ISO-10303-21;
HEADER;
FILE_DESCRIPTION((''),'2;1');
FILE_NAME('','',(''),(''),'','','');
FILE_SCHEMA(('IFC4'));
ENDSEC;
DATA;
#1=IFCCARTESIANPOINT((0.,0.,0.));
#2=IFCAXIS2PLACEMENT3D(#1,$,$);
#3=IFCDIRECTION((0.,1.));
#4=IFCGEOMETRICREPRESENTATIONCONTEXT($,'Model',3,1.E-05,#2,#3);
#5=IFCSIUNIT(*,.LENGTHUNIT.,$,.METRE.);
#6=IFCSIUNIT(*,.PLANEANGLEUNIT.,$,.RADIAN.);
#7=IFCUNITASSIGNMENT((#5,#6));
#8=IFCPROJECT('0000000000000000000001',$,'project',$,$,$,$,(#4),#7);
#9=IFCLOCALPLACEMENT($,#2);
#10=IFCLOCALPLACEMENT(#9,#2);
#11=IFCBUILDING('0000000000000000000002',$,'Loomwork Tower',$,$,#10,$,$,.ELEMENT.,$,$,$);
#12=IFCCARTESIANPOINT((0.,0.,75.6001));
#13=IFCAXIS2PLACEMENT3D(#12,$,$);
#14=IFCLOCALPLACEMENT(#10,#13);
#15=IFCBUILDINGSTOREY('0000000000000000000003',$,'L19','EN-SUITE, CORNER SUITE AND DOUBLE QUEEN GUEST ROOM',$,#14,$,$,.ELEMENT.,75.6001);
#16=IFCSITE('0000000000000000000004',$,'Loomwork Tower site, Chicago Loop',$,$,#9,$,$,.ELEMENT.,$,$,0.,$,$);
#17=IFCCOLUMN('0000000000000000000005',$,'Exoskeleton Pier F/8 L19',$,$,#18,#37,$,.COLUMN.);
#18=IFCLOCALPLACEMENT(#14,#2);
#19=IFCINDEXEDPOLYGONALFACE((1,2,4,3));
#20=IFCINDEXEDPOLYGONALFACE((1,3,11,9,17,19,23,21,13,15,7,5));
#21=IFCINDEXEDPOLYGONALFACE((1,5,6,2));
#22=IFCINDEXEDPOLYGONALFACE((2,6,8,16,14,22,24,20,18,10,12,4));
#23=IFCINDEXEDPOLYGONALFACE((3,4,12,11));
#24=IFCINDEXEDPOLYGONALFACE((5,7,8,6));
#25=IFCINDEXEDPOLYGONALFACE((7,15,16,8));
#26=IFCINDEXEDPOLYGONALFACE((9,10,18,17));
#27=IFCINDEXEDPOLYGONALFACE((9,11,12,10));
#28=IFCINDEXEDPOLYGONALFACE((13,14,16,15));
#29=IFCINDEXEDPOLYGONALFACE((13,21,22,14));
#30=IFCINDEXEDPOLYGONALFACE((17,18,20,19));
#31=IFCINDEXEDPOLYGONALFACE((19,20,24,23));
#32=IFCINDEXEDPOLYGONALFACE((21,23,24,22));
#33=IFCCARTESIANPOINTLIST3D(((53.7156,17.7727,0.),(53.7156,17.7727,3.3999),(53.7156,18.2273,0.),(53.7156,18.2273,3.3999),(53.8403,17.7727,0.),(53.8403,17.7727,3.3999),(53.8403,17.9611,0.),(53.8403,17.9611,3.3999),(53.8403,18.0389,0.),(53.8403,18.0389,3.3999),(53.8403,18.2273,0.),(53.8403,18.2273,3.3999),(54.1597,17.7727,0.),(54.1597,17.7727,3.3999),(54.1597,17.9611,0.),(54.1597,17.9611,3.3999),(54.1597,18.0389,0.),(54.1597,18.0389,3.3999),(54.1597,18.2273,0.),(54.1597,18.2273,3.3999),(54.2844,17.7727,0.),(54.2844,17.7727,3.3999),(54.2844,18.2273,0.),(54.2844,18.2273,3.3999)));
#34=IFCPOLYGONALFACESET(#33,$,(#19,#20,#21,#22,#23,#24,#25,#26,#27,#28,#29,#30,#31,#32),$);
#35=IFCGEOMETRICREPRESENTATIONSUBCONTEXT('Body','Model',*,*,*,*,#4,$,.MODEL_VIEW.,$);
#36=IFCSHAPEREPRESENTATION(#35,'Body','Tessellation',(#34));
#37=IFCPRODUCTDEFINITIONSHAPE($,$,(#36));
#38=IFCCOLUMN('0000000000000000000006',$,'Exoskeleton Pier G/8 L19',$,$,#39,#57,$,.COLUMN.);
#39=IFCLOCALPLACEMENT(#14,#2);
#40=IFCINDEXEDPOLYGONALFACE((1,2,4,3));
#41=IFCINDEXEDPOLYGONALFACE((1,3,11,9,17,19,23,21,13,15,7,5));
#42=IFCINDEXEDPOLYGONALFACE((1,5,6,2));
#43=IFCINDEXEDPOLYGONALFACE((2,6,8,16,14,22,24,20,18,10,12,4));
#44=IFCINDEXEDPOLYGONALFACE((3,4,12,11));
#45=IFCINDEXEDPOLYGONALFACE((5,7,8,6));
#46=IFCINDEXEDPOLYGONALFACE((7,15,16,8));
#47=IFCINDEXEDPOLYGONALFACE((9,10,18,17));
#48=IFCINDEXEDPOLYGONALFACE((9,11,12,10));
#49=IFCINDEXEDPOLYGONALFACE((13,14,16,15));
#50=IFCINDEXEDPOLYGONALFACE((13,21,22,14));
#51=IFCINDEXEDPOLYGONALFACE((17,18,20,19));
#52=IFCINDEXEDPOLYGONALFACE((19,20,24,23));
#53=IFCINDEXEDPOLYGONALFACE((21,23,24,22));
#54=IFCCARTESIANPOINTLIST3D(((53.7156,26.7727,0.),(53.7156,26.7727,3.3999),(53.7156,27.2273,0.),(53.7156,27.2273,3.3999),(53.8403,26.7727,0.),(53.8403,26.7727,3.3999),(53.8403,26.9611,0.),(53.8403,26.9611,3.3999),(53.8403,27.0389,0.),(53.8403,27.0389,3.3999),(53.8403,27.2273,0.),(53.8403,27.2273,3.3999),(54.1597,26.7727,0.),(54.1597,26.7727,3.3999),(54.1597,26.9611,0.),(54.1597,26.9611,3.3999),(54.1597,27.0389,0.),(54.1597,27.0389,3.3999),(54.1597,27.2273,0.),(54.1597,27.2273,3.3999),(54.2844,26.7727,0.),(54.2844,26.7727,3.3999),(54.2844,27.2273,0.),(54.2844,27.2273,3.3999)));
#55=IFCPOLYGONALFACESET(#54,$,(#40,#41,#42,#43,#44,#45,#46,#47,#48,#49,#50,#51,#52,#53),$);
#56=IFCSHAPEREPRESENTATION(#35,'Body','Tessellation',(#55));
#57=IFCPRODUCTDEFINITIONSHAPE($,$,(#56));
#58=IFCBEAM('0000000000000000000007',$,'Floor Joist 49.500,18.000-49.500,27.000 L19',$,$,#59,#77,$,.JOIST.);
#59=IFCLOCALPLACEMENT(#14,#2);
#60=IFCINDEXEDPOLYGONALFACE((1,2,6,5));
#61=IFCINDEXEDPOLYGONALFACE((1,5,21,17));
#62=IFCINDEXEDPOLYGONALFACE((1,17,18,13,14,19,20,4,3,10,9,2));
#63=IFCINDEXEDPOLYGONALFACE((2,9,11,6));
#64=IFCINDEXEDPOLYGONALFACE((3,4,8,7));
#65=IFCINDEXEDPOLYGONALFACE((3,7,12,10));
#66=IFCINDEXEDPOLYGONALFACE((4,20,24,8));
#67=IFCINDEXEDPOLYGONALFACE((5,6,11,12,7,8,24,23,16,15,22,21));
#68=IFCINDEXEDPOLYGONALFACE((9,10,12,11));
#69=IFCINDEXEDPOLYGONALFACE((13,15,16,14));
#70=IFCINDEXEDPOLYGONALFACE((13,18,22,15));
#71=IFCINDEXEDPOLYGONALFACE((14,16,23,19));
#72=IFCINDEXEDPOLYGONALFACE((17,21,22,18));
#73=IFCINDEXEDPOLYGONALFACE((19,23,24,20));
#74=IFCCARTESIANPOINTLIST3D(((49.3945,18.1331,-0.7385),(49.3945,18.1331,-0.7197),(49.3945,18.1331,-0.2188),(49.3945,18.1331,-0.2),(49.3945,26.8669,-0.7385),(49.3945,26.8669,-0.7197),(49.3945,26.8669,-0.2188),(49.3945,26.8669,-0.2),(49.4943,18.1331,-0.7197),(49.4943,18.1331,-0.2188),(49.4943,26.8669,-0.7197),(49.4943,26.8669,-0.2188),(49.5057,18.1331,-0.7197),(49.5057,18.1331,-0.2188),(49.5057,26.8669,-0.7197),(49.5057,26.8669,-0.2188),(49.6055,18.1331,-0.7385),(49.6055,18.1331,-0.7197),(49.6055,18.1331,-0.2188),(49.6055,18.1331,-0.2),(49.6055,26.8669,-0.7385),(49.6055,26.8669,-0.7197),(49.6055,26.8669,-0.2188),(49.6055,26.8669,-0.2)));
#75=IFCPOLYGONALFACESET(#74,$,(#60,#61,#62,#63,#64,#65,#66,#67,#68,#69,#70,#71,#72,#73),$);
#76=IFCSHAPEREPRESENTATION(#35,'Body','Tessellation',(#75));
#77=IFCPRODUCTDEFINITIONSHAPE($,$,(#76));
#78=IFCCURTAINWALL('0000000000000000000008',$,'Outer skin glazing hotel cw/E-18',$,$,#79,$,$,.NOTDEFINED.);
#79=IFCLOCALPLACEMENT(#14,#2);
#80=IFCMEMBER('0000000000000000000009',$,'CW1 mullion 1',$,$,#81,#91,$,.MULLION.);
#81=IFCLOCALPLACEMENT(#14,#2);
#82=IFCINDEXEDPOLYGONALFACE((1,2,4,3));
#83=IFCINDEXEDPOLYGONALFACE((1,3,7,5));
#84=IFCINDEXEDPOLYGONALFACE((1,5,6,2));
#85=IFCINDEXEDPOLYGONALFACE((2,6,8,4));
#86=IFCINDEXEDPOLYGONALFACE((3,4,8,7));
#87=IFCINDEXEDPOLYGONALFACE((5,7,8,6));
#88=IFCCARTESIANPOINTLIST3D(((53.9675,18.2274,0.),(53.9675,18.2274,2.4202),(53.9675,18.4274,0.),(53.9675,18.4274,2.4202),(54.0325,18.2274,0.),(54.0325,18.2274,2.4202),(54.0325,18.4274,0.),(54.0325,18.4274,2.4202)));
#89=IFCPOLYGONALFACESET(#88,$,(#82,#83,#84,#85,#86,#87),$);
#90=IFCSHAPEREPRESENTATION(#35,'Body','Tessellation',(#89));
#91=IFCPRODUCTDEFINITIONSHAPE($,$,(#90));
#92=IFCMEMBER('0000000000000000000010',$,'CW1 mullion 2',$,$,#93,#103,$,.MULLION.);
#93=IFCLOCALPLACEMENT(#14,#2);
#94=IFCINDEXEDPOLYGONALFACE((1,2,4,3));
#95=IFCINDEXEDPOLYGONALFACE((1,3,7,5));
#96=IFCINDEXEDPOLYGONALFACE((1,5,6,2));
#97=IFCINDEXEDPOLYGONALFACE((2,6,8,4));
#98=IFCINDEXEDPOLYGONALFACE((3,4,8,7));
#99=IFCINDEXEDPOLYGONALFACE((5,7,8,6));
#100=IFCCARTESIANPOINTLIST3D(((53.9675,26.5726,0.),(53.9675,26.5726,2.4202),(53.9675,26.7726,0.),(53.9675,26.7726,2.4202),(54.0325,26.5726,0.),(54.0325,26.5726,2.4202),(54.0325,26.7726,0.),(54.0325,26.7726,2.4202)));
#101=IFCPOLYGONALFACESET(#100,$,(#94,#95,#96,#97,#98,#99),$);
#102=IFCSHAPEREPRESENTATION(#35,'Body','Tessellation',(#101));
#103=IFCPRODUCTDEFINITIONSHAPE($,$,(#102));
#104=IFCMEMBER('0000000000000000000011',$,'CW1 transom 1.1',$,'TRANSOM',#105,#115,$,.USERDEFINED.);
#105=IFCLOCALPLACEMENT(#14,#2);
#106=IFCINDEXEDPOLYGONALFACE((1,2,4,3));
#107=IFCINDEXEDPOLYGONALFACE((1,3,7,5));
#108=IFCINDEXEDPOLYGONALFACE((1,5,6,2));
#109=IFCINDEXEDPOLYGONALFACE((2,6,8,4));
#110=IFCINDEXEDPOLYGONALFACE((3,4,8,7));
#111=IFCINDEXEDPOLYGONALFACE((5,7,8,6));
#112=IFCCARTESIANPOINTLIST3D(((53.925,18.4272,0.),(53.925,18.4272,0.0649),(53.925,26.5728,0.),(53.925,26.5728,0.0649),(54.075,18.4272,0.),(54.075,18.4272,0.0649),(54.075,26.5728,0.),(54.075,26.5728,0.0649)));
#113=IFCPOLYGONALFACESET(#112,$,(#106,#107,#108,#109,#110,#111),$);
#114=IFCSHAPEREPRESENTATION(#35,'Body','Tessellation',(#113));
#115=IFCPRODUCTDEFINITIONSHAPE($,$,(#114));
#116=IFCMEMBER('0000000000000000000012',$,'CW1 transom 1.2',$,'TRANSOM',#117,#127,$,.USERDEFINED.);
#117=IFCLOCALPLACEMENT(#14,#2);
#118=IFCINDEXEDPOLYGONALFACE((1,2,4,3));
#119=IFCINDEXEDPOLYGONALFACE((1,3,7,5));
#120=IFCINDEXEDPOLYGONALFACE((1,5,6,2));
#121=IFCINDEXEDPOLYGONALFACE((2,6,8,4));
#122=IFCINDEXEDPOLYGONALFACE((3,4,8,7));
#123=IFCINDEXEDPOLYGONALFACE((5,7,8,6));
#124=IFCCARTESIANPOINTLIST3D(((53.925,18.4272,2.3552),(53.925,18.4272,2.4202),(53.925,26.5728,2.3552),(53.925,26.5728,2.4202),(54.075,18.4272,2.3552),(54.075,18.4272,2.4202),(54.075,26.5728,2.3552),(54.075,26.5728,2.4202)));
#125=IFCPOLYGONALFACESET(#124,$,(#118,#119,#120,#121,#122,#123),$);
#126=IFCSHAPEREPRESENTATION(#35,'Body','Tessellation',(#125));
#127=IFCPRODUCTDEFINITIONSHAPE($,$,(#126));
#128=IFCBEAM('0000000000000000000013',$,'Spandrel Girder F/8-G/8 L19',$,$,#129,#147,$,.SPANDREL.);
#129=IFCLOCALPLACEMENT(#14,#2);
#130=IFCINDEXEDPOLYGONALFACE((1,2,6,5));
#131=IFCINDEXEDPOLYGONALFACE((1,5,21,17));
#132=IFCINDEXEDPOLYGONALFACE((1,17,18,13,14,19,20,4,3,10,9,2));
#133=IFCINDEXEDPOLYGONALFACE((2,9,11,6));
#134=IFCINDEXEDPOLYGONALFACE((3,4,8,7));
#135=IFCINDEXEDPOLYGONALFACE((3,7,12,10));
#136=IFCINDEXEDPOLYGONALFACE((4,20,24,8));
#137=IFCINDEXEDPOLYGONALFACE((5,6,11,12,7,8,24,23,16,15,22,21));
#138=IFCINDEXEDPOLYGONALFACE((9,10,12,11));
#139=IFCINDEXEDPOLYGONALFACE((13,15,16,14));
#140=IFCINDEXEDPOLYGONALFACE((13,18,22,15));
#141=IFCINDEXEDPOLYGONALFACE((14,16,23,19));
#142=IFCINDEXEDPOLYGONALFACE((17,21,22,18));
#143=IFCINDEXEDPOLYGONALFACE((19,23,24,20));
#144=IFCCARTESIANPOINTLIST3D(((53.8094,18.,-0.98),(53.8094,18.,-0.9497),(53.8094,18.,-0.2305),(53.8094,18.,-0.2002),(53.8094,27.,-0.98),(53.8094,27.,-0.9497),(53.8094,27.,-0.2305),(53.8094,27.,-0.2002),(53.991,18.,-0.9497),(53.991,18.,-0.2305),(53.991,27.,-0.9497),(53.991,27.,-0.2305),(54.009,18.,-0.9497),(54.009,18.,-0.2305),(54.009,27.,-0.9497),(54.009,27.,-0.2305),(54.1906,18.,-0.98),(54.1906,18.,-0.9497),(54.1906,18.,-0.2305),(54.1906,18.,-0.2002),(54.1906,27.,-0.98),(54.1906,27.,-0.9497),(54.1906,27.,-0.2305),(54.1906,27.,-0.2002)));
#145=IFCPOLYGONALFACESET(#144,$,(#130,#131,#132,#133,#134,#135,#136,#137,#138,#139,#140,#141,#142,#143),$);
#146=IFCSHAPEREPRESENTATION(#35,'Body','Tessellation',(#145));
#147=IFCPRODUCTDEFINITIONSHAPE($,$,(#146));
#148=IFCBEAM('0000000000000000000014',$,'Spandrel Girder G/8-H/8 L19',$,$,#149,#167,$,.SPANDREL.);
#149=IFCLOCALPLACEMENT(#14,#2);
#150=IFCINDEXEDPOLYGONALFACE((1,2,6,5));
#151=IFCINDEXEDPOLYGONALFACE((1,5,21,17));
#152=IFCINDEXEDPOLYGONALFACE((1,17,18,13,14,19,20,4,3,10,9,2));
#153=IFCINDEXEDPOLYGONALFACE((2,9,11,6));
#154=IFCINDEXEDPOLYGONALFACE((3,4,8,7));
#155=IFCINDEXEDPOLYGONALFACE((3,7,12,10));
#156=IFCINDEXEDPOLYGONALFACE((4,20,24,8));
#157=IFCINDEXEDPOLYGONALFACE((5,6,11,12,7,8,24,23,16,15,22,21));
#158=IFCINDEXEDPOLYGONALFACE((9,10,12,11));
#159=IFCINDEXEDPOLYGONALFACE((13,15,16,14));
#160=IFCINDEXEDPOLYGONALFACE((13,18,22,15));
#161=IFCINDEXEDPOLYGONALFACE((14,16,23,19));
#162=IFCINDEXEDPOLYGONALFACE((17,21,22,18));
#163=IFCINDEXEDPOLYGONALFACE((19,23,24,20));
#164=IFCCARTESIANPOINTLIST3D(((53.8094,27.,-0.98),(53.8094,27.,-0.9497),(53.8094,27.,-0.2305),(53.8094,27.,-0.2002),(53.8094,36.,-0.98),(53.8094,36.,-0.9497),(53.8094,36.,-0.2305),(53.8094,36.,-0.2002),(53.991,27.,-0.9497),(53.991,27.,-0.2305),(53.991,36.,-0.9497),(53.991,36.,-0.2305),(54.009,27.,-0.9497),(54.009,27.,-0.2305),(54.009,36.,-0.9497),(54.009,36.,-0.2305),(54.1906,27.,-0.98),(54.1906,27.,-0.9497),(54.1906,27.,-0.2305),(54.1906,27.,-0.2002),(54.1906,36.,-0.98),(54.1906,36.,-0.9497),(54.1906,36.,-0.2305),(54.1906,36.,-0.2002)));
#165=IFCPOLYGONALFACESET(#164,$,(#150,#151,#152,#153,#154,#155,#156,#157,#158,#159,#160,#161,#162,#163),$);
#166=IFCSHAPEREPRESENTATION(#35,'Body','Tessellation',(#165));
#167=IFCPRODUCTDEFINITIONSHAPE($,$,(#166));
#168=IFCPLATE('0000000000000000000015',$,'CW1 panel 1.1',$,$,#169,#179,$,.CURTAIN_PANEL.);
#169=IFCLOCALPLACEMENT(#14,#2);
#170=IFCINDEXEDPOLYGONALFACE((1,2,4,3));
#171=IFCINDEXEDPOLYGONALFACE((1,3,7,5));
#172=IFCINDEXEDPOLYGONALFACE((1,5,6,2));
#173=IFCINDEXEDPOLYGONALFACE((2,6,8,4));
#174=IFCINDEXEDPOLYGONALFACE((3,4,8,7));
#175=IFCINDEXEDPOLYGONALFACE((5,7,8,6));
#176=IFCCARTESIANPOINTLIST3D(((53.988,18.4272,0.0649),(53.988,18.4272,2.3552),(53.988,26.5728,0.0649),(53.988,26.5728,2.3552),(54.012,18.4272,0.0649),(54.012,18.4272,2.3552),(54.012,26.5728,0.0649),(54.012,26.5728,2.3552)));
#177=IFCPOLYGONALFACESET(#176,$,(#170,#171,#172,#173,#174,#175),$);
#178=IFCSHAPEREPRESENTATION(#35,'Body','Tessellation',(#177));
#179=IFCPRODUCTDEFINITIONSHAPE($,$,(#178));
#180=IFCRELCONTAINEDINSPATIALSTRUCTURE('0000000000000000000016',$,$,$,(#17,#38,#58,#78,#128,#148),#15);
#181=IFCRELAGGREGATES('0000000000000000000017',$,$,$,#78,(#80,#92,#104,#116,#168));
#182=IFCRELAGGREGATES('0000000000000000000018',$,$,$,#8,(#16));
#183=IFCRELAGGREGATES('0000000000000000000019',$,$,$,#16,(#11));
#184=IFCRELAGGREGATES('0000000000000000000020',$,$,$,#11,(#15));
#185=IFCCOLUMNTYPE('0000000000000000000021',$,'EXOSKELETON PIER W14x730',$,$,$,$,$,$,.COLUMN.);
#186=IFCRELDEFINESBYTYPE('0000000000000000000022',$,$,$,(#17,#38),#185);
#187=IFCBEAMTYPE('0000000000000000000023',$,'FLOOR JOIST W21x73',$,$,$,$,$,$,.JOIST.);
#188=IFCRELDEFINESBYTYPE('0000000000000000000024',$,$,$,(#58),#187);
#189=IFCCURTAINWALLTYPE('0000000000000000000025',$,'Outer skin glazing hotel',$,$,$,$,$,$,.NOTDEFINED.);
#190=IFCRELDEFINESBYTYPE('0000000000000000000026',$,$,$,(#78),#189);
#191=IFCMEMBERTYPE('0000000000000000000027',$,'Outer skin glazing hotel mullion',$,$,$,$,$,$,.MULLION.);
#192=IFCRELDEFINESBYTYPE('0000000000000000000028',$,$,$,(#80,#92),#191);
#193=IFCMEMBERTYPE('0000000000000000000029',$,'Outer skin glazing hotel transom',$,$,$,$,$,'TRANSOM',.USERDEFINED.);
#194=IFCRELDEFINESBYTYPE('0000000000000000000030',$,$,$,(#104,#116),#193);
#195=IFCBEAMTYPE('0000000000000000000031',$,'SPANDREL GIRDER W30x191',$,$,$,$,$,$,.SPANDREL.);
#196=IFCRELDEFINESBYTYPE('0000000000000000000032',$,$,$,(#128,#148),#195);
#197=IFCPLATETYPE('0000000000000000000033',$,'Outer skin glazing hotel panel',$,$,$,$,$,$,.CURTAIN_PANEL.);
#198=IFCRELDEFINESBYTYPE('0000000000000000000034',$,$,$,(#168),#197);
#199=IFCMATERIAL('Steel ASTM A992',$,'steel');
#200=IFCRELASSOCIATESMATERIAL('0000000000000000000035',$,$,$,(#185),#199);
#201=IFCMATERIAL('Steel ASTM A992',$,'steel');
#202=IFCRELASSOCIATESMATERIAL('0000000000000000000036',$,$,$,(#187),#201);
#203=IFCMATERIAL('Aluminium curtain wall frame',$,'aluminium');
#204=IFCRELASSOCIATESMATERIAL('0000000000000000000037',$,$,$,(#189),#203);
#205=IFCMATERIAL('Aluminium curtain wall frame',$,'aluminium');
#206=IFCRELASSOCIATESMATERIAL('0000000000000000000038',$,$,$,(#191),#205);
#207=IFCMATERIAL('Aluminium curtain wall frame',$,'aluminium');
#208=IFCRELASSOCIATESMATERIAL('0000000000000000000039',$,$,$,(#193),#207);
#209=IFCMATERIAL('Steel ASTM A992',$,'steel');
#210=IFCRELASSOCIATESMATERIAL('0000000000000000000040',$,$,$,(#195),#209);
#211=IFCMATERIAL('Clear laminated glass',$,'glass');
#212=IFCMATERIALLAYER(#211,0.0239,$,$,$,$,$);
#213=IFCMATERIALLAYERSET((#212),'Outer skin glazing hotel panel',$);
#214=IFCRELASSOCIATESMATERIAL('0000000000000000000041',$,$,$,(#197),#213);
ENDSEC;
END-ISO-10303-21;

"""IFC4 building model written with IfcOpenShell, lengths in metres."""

from ifc_helpers import new_model, si_unit, direction, frame, origin, origin_2d, place, context, subcontext, project, spatial, rectangle, i_section, extrude, material, layer, layer_set, material_profile, profile_set, type_object, element, aggregate, save


model = new_model("IFC4")

# Units and contexts
model_context = context("Model", 3, precision=1e-05, world=origin(), true_north=direction((0.0, 1.0)))
body_context = subcontext(model_context, "Body", "Model", "MODEL_VIEW")
ifc_project = project(units=[si_unit("LENGTHUNIT", "METRE"), si_unit("PLANEANGLEUNIT", "RADIAN")], contexts=[model_context])

# Site, building, storey
site_placement = place(None, origin())
site = spatial("IfcSite", under=ifc_project, at=site_placement, Name="Loomwork Tower site, Chicago Loop", CompositionType="ELEMENT", RefElevation=0.0)
building_placement = place(site_placement, origin())
building = spatial("IfcBuilding", under=site, at=building_placement, Name="Loomwork Tower", CompositionType="ELEMENT")
storey_placement = place(building_placement, frame((0.0, 0.0, 75.6001)))
storey = spatial("IfcBuildingStorey", under=building, at=storey_placement, Name="L19", Description="EN-SUITE, CORNER SUITE AND DOUBLE QUEEN GUEST ROOM", CompositionType="ELEMENT", Elevation=75.6001)

# Columns
ifc_material_1 = material(Name="Steel ASTM A992", Category="steel")
ifc_material_profile_1 = material_profile(ifc_material_1, i_section(OverallWidth=0.4546, OverallDepth=0.5688, WebThickness=0.0779, FlangeThickness=0.1248, at=origin_2d()), Name="W14x730")
ifc_profile_set_1 = profile_set([ifc_material_profile_1], Name="Steel ASTM A992")
column_type = type_object("IfcColumnType", Name="EXOSKELETON PIER W14x730", PredefinedType="COLUMN", material=ifc_profile_set_1)
for number, where, z_axis, x_axis, name in (
    (1, (54.0, 18.0, 0.0), (0.0, 0.0, 1.0), (0.0, 1.0, 0.0), "Exoskeleton Pier F/8 L19"),
    (2, (54.0, 27.0, 0.0), (0.0, 0.0, 1.0), (0.0, 1.0, 0.0), "Exoskeleton Pier G/8 L19"),
):
    element("IfcColumn", number, at=place(storey_placement, frame(where, z_axis=z_axis, x_axis=x_axis)), inside=storey, type_object=column_type, Name=name, PredefinedType="COLUMN", context=body_context, shape_type="SweptSolid", body=[
        extrude(i_section(OverallWidth=0.4546, OverallDepth=0.5688, WebThickness=0.0779, FlangeThickness=0.1248, at=origin_2d()), origin(), (0.0, 0.0, 1.0), 3.3999),
    ])

# Beam
ifc_material_2 = material(Name="Steel ASTM A992", Category="steel")
ifc_material_profile_2 = material_profile(ifc_material_2, i_section(OverallWidth=0.2109, OverallDepth=0.5386, WebThickness=0.0115, FlangeThickness=0.0188, at=origin_2d()), Name="W21x73")
ifc_profile_set_2 = profile_set([ifc_material_profile_2], Name="Steel ASTM A992")
beam_type_1 = type_object("IfcBeamType", Name="FLOOR JOIST W21x73", PredefinedType="JOIST", material=ifc_profile_set_2)
beam_placement = place(storey_placement, frame((49.5, 18.1331, -0.4692), z_axis=(0.0, 1.0, 0.0), x_axis=(-1.0, 0.0, 0.0)))
element("IfcBeam", 3, at=beam_placement, inside=storey, type_object=beam_type_1, Name="Floor Joist 49.500,18.000-49.500,27.000 L19", PredefinedType="JOIST", context=body_context, shape_type="SweptSolid", body=[
    extrude(i_section(OverallWidth=0.2109, OverallDepth=0.5386, WebThickness=0.0115, FlangeThickness=0.0188, at=origin_2d()), origin(), (0.0, 0.0, 1.0), 8.7339),
])

# Curtain wall, members
ifc_material_3 = material(Name="Aluminium curtain wall frame", Category="aluminium")
curtain_wall_type = type_object("IfcCurtainWallType", Name="Outer skin glazing hotel", PredefinedType="NOTDEFINED", material=ifc_material_3)
curtain_wall_placement = place(storey_placement, origin())
curtain_wall = element("IfcCurtainWall", 4, at=curtain_wall_placement, inside=storey, type_object=curtain_wall_type, Name="Outer skin glazing hotel cw/E-18", PredefinedType="NOTDEFINED")
ifc_material_4 = material(Name="Aluminium curtain wall frame", Category="aluminium")
ifc_material_profile_3 = material_profile(ifc_material_4, rectangle(XDim=0.0649, YDim=0.2, at=origin_2d()), Name="AL 65x200")
ifc_profile_set_3 = profile_set([ifc_material_profile_3], Name="Aluminium curtain wall frame")
member_type_1 = type_object("IfcMemberType", Name="Outer skin glazing hotel mullion", PredefinedType="MULLION", material=ifc_profile_set_3)
member_1_placement = place(storey_placement, frame((54.0, 18.3274, 0.0), z_axis=(0.0, 0.0, 1.0), x_axis=(-1.0, 0.0, 0.0)))
member_1 = element("IfcMember", 5, at=member_1_placement, type_object=member_type_1, Name="CW1 mullion 1", PredefinedType="MULLION", context=body_context, shape_type="SweptSolid", body=[
    extrude(rectangle(XDim=0.0649, YDim=0.2, at=origin_2d()), origin(), (0.0, 0.0, 1.0), 2.4202),
])
member_2_placement = place(storey_placement, frame((54.0, 26.6726, 0.0), z_axis=(0.0, 0.0, 1.0), x_axis=(-1.0, 0.0, 0.0)))
member_2 = element("IfcMember", 6, at=member_2_placement, type_object=member_type_1, Name="CW1 mullion 2", PredefinedType="MULLION", context=body_context, shape_type="SweptSolid", body=[
    extrude(rectangle(XDim=0.0649, YDim=0.2, at=origin_2d()), origin(), (0.0, 0.0, 1.0), 2.4202),
])
ifc_material_5 = material(Name="Aluminium curtain wall frame", Category="aluminium")
ifc_material_profile_4 = material_profile(ifc_material_5, rectangle(XDim=0.1499, YDim=0.0649, at=origin_2d()), Name="AL 65x150")
ifc_profile_set_4 = profile_set([ifc_material_profile_4], Name="Aluminium curtain wall frame")
member_type_2 = type_object("IfcMemberType", Name="Outer skin glazing hotel transom", ElementType="TRANSOM", PredefinedType="USERDEFINED", material=ifc_profile_set_4)
member_3_placement = place(storey_placement, frame((54.0, 18.4272, 0.0325), z_axis=(0.0, 1.0, 0.0), x_axis=(-1.0, 0.0, 0.0)))
member_3 = element("IfcMember", 7, at=member_3_placement, type_object=member_type_2, Name="CW1 transom 1.1", ObjectType="TRANSOM", PredefinedType="USERDEFINED", context=body_context, shape_type="SweptSolid", body=[
    extrude(rectangle(XDim=0.1499, YDim=0.0649, at=origin_2d()), origin(), (0.0, 0.0, 1.0), 8.1455),
])
member_4_placement = place(storey_placement, frame((54.0, 18.4272, 2.3877), z_axis=(0.0, 1.0, 0.0), x_axis=(-1.0, 0.0, 0.0)))
member_4 = element("IfcMember", 8, at=member_4_placement, type_object=member_type_2, Name="CW1 transom 1.2", ObjectType="TRANSOM", PredefinedType="USERDEFINED", context=body_context, shape_type="SweptSolid", body=[
    extrude(rectangle(XDim=0.1499, YDim=0.0649, at=origin_2d()), origin(), (0.0, 0.0, 1.0), 8.1455),
])

# Beams
ifc_material_6 = material(Name="Steel ASTM A992", Category="steel")
ifc_material_profile_5 = material_profile(ifc_material_6, i_section(OverallWidth=0.3811, OverallDepth=0.7798, WebThickness=0.0181, FlangeThickness=0.0303, at=origin_2d()), Name="W30x191")
ifc_profile_set_5 = profile_set([ifc_material_profile_5], Name="Steel ASTM A992")
beam_type_2 = type_object("IfcBeamType", Name="SPANDREL GIRDER W30x191", PredefinedType="SPANDREL", material=ifc_profile_set_5)
for number, where, z_axis, x_axis, name in (
    (9, (54.0, 18.0, -0.5901), (0.0, 1.0, 0.0), (-1.0, 0.0, 0.0), "Spandrel Girder F/8-G/8 L19"),
    (10, (54.0, 27.0, -0.5901), (0.0, 1.0, 0.0), (-1.0, 0.0, 0.0), "Spandrel Girder G/8-H/8 L19"),
):
    element("IfcBeam", number, at=place(storey_placement, frame(where, z_axis=z_axis, x_axis=x_axis)), inside=storey, type_object=beam_type_2, Name=name, PredefinedType="SPANDREL", context=body_context, shape_type="SweptSolid", body=[
        extrude(i_section(OverallWidth=0.3811, OverallDepth=0.7798, WebThickness=0.0181, FlangeThickness=0.0303, at=origin_2d()), origin(), (0.0, 0.0, 1.0), 9.0),
    ])

# Plate
ifc_material_7 = material(Name="Clear laminated glass", Category="glass")
ifc_layer_1 = layer(ifc_material_7, 0.0239)
ifc_layer_set_1 = layer_set([ifc_layer_1], Name="Outer skin glazing hotel panel")
plate_type = type_object("IfcPlateType", Name="Outer skin glazing hotel panel", PredefinedType="CURTAIN_PANEL", material=ifc_layer_set_1)
plate_placement = place(storey_placement, frame((54.0, 22.5, 0.0649), z_axis=(0.0, 0.0, 1.0), x_axis=(0.0, 1.0, 0.0)))
plate = element("IfcPlate", 11, at=plate_placement, type_object=plate_type, Name="CW1 panel 1.1", PredefinedType="CURTAIN_PANEL", context=body_context, shape_type="SweptSolid", body=[
    extrude(rectangle(XDim=8.1455, YDim=0.0239, at=origin_2d()), origin(), (0.0, 0.0, 1.0), 2.2903),
])
aggregate(curtain_wall, [member_1, member_2, member_3, member_4, plate])

save(model, "model.ifc")
